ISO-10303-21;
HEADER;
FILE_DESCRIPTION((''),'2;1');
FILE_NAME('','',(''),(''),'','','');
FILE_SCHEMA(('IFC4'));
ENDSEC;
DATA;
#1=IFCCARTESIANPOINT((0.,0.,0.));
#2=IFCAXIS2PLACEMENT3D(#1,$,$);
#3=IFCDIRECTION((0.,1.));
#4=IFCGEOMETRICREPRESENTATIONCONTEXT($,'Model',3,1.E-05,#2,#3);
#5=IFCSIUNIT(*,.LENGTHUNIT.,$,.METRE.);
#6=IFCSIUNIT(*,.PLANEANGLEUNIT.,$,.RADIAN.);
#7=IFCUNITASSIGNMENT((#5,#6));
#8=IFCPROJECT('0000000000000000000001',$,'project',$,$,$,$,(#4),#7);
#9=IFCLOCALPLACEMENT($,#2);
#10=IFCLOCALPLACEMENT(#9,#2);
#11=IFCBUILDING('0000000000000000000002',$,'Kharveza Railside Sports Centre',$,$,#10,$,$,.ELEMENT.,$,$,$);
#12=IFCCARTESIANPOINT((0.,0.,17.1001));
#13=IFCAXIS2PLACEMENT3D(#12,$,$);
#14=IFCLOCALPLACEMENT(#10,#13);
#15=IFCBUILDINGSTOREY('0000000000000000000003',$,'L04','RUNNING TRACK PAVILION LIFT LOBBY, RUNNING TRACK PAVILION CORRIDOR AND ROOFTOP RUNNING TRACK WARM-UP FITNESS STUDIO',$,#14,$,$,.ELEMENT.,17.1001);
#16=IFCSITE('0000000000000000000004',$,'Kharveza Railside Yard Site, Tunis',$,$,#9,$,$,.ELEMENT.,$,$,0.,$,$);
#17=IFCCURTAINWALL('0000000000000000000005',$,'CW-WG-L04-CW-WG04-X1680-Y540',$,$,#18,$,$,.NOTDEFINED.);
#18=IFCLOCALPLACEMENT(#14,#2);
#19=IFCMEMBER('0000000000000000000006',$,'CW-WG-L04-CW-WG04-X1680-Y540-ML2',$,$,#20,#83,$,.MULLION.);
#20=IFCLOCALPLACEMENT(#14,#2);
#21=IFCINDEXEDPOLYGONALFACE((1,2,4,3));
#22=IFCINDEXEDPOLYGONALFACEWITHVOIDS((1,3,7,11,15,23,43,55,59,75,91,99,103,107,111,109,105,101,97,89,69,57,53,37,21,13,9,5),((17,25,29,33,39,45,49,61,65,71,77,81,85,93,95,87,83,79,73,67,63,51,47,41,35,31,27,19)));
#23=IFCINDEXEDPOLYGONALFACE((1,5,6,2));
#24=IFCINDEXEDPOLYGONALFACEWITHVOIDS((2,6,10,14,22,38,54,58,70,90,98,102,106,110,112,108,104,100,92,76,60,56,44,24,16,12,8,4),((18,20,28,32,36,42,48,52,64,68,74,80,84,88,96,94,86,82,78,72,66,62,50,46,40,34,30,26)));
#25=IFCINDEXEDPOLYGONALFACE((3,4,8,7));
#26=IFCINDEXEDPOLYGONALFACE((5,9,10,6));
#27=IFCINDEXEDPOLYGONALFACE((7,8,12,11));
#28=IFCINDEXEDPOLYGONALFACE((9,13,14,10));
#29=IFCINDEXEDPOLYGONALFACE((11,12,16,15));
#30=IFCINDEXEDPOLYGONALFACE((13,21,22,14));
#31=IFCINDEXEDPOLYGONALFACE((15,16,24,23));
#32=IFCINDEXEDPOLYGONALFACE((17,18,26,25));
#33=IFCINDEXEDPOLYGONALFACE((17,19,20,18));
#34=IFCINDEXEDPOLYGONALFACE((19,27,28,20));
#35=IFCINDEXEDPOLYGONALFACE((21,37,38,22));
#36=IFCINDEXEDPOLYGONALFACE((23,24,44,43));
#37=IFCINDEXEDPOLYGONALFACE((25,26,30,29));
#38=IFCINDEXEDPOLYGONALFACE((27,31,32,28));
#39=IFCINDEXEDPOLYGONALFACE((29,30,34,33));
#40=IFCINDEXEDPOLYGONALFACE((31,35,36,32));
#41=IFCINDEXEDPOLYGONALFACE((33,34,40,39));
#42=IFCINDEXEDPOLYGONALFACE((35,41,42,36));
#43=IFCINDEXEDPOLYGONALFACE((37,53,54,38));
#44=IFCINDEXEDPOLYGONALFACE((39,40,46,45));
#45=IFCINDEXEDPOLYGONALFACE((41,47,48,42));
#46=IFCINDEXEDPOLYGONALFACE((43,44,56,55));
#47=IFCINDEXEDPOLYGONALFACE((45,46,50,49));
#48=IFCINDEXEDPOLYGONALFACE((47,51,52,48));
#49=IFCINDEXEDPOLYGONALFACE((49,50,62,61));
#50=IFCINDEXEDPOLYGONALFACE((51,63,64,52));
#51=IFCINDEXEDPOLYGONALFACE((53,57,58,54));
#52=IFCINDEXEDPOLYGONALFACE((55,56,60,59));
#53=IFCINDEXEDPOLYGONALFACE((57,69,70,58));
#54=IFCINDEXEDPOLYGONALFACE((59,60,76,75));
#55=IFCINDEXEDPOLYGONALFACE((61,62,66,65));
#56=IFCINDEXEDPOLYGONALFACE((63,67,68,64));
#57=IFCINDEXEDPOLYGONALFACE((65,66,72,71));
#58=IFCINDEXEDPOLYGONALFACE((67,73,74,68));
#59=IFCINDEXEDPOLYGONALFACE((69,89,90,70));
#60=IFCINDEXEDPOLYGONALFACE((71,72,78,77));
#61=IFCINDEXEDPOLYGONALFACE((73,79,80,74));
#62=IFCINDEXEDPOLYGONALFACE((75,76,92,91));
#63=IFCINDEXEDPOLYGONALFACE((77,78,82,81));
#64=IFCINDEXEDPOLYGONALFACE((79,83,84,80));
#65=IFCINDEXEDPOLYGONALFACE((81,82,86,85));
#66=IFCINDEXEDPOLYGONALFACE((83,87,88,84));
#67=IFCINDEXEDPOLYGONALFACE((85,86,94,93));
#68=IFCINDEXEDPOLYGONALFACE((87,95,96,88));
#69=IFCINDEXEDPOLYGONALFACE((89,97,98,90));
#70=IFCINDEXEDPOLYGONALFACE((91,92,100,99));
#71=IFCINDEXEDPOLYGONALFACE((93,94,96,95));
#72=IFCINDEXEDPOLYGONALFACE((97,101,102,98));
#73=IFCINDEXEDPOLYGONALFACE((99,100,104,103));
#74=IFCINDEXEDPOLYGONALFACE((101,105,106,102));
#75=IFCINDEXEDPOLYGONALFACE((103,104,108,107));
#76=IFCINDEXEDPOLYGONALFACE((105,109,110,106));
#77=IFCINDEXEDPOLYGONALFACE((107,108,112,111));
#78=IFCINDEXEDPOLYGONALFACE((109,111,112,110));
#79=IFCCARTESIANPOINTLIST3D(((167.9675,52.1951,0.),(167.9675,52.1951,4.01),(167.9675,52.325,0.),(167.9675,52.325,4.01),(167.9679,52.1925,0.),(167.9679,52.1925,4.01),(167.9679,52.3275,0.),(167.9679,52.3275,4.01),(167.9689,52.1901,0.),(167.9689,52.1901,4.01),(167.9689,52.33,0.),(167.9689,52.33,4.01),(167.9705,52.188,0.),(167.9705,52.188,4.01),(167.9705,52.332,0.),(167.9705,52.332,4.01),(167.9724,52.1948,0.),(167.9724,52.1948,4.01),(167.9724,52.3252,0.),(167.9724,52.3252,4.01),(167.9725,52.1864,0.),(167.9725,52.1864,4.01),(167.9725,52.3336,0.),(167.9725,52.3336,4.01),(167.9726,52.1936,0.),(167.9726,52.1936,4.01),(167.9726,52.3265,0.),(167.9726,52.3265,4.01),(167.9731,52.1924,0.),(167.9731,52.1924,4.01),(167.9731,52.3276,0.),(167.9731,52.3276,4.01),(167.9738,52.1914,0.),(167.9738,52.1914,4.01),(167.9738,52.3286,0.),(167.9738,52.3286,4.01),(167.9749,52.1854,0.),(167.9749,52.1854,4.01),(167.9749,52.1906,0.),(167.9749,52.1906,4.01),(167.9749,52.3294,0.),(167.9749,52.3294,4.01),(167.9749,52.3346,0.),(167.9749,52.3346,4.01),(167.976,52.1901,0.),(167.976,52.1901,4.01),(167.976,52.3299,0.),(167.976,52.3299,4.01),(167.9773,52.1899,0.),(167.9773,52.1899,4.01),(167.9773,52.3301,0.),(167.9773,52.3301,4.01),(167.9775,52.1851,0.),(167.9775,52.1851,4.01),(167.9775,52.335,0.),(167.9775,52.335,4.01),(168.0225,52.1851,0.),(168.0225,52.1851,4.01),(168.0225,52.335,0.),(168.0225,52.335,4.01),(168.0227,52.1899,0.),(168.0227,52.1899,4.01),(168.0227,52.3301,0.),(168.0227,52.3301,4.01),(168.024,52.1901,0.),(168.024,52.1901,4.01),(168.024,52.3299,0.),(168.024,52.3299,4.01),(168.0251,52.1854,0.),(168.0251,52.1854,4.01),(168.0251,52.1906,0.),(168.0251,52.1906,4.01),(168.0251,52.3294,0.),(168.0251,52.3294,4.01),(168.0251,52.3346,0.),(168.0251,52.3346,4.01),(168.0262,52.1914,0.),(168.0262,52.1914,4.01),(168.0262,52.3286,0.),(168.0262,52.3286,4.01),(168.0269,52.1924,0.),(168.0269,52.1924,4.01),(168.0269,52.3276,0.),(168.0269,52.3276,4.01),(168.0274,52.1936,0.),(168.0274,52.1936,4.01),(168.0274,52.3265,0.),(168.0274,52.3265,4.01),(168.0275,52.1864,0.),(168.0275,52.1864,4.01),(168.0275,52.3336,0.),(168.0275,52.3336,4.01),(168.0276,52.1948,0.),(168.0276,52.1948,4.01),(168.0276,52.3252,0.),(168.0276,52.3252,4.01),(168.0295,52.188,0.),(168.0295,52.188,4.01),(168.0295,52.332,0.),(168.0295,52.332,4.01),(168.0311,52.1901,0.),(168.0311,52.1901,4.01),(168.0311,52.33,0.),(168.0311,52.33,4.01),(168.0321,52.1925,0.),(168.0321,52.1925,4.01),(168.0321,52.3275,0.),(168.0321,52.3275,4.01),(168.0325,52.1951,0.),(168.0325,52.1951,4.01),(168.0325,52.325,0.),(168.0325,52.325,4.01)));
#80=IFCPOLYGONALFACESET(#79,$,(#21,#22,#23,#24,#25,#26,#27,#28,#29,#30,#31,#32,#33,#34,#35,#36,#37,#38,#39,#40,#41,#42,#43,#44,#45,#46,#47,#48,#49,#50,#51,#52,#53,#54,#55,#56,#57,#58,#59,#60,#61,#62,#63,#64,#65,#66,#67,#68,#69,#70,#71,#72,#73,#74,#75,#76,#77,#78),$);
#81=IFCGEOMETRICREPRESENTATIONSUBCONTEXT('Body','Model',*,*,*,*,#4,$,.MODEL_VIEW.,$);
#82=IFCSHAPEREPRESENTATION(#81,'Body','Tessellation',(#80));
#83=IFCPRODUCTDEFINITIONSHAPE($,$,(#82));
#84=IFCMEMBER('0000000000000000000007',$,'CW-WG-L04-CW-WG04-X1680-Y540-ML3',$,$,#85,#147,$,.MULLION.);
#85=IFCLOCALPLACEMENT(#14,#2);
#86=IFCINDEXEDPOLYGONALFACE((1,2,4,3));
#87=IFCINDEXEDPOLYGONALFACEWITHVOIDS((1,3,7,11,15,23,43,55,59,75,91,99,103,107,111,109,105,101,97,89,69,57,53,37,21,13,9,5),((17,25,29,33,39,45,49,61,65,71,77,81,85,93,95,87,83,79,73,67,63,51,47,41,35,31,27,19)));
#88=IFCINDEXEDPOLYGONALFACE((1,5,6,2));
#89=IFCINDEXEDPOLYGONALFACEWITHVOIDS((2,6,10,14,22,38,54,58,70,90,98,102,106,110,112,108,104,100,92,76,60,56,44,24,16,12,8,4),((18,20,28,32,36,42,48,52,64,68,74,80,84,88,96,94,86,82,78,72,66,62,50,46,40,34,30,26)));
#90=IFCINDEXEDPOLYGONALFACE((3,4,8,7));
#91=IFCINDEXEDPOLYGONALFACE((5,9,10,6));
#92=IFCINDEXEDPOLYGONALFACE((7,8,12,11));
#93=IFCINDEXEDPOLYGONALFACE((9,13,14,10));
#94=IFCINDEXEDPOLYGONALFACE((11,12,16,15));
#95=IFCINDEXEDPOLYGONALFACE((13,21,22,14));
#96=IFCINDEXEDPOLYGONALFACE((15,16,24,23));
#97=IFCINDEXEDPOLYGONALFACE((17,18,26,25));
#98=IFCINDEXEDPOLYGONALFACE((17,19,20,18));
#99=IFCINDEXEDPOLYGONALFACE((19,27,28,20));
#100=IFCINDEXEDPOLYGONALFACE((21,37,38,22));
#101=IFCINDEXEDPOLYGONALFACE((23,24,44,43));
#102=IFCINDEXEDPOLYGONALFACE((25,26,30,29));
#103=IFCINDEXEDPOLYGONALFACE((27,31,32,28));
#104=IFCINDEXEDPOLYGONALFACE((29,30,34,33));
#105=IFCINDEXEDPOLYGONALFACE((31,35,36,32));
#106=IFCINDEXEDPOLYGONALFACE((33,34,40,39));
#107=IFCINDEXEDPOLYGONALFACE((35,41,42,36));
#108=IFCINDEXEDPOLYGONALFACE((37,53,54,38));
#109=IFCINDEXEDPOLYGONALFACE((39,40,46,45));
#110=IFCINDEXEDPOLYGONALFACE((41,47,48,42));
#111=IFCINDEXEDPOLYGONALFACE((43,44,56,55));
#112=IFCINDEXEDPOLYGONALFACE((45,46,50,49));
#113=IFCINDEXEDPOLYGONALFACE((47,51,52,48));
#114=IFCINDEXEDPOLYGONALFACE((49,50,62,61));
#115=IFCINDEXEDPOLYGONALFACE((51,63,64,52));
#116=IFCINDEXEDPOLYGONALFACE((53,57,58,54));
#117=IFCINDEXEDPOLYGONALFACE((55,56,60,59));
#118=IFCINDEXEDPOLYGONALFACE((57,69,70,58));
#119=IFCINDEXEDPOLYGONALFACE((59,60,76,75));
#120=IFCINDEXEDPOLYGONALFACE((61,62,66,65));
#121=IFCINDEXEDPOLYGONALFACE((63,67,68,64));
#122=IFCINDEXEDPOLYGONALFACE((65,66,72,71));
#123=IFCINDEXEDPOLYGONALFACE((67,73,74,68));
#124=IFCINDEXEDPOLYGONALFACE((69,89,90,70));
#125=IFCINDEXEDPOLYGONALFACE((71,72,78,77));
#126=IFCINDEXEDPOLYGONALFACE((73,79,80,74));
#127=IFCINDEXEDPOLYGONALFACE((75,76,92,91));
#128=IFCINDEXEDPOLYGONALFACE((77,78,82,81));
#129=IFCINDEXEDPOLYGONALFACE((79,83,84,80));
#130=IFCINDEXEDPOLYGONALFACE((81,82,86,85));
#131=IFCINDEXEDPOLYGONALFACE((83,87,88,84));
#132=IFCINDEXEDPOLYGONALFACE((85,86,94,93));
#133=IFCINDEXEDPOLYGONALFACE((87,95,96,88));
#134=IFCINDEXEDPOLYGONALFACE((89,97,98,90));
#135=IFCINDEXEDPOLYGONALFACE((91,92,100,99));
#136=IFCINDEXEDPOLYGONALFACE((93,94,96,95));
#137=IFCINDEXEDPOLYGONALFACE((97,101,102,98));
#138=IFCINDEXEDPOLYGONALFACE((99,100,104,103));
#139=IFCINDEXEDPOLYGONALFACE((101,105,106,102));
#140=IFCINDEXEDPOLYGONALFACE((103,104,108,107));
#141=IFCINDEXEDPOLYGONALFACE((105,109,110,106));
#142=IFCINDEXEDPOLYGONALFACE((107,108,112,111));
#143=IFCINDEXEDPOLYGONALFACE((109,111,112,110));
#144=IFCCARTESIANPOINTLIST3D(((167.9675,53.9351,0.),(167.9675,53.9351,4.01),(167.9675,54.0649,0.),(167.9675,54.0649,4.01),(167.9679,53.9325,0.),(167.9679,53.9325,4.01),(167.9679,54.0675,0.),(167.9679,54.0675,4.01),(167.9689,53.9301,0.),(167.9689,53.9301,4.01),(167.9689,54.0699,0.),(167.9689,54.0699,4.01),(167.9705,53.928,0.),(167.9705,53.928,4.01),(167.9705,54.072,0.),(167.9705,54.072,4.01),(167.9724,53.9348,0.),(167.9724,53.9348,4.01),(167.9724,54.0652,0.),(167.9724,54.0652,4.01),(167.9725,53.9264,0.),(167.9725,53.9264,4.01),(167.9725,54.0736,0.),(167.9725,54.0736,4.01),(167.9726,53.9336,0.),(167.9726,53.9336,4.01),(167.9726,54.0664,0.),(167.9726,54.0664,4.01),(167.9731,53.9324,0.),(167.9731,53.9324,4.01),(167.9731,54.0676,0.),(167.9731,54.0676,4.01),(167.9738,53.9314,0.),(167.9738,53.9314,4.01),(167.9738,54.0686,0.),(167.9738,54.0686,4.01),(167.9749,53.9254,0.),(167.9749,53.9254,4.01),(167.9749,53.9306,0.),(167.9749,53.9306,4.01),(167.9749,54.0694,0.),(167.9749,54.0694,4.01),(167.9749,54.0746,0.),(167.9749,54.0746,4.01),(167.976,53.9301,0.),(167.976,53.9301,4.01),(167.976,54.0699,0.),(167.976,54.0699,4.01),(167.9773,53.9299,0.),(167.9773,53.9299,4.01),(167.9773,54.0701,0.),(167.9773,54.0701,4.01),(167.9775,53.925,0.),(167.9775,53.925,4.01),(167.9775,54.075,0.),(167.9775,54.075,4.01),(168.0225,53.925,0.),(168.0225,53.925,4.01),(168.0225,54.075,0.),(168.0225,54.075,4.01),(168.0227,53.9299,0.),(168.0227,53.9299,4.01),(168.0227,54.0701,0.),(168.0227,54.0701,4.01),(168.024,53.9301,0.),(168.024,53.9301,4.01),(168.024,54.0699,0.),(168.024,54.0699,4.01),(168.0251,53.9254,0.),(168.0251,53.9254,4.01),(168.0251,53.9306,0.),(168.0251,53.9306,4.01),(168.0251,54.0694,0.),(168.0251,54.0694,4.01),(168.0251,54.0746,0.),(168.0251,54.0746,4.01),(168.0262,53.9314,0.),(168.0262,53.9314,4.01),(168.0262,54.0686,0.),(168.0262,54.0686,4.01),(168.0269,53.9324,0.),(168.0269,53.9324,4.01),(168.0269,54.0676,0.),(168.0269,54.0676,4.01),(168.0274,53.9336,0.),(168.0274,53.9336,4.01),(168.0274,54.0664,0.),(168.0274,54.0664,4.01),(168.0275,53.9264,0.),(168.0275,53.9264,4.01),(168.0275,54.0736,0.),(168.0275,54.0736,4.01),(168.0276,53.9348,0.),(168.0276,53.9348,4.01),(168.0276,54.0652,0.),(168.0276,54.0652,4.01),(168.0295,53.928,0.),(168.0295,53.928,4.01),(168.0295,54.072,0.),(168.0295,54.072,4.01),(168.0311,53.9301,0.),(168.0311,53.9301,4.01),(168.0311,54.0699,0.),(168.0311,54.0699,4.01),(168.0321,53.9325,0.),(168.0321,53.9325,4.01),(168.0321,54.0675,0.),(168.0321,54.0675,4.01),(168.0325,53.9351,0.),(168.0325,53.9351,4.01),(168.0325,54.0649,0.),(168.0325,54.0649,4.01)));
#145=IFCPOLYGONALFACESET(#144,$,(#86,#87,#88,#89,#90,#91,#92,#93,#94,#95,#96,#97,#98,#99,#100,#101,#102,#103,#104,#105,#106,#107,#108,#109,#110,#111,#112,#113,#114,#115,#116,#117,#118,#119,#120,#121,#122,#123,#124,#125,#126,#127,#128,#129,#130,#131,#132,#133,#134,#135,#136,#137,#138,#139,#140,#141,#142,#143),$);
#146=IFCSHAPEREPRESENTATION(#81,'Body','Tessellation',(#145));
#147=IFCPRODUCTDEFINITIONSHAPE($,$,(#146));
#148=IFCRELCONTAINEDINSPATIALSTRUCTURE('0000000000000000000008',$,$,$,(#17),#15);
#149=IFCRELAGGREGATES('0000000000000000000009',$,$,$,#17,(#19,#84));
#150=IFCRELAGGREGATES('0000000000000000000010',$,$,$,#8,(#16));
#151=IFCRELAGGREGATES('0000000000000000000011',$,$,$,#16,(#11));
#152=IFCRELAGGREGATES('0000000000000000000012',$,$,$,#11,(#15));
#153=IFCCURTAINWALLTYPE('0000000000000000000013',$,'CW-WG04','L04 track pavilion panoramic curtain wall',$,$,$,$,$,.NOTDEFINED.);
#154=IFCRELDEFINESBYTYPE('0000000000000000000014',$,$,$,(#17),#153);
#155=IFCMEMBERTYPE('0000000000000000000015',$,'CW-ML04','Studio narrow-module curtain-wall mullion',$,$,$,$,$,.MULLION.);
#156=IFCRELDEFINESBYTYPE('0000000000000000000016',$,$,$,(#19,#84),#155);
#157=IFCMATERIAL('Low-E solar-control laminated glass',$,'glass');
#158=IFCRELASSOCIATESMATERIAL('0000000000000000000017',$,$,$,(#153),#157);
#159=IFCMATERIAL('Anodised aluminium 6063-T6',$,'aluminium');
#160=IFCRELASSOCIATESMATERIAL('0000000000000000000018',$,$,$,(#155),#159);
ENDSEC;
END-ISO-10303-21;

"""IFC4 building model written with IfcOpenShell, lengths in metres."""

from ifc_helpers import new_model, si_unit, direction, frame, origin, origin_2d, place, context, subcontext, project, spatial, hollow_rectangle, extrude, material, material_profile, profile_set, type_object, element, aggregate, save


model = new_model("IFC4")

# Units and contexts
model_context = context("Model", 3, precision=1e-05, world=origin(), true_north=direction((0.0, 1.0)))
body_context = subcontext(model_context, "Body", "Model", "MODEL_VIEW")
ifc_project = project(units=[si_unit("LENGTHUNIT", "METRE"), si_unit("PLANEANGLEUNIT", "RADIAN")], contexts=[model_context])

# Site, building, storey
site_placement = place(None, origin())
site = spatial("IfcSite", under=ifc_project, at=site_placement, Name="Kharveza Railside Yard Site, Tunis", CompositionType="ELEMENT", RefElevation=0.0)
building_placement = place(site_placement, origin())
building = spatial("IfcBuilding", under=site, at=building_placement, Name="Kharveza Railside Sports Centre", CompositionType="ELEMENT")
storey_placement = place(building_placement, frame((0.0, 0.0, 17.1001)))
storey = spatial("IfcBuildingStorey", under=building, at=storey_placement, Name="L04", Description="RUNNING TRACK PAVILION LIFT LOBBY, RUNNING TRACK PAVILION CORRIDOR AND ROOFTOP RUNNING TRACK WARM-UP FITNESS STUDIO", CompositionType="ELEMENT", Elevation=17.1001)

# Curtain wall, members
ifc_material_1 = material(Name="Low-E solar-control laminated glass", Category="glass")
curtain_wall_type = type_object("IfcCurtainWallType", Name="CW-WG04", Description="L04 track pavilion panoramic curtain wall", PredefinedType="NOTDEFINED", material=ifc_material_1)
curtain_wall_placement = place(storey_placement, origin())
curtain_wall = element("IfcCurtainWall", 1, at=curtain_wall_placement, inside=storey, type_object=curtain_wall_type, Name="CW-WG-L04-CW-WG04-X1680-Y540", PredefinedType="NOTDEFINED")
ifc_material_2 = material(Name="Anodised aluminium 6063-T6", Category="aluminium")
ifc_material_profile_1 = material_profile(ifc_material_2, hollow_rectangle(XDim=0.0649, YDim=0.1499, WallThickness=0.0049, InnerFilletRadius=0.0049, OuterFilletRadius=0.01, at=origin_2d()), Name="RHS 65x150x5.0")
ifc_profile_set_1 = profile_set([ifc_material_profile_1], Name="Anodised aluminium 6063-T6")
member_type_1 = type_object("IfcMemberType", Name="CW-ML04", Description="Studio narrow-module curtain-wall mullion", PredefinedType="MULLION", material=ifc_profile_set_1)
member_1_placement = place(storey_placement, frame((168.0, 52.26, 0.0), z_axis=(0.0, 0.0, 1.0), x_axis=(1.0, 0.0, 0.0)))
member_1 = element("IfcMember", 2, at=member_1_placement, type_object=member_type_1, Name="CW-WG-L04-CW-WG04-X1680-Y540-ML2", PredefinedType="MULLION", context=body_context, shape_type="SweptSolid", body=[
    extrude(hollow_rectangle(XDim=0.0649, YDim=0.1499, WallThickness=0.0049, InnerFilletRadius=0.0049, OuterFilletRadius=0.01, at=origin_2d()), origin(), (0.0, 0.0, 1.0), 4.01),
])
member_2_placement = place(storey_placement, frame((168.0, 54.0, 0.0), z_axis=(0.0, 0.0, 1.0), x_axis=(1.0, 0.0, 0.0)))
member_2 = element("IfcMember", 3, at=member_2_placement, type_object=member_type_1, Name="CW-WG-L04-CW-WG04-X1680-Y540-ML3", PredefinedType="MULLION", context=body_context, shape_type="SweptSolid", body=[
    extrude(hollow_rectangle(XDim=0.0649, YDim=0.1499, WallThickness=0.0049, InnerFilletRadius=0.0049, OuterFilletRadius=0.01, at=origin_2d()), origin(), (0.0, 0.0, 1.0), 4.01),
])
aggregate(curtain_wall, [member_1, member_2])

save(model, "model.ifc")
